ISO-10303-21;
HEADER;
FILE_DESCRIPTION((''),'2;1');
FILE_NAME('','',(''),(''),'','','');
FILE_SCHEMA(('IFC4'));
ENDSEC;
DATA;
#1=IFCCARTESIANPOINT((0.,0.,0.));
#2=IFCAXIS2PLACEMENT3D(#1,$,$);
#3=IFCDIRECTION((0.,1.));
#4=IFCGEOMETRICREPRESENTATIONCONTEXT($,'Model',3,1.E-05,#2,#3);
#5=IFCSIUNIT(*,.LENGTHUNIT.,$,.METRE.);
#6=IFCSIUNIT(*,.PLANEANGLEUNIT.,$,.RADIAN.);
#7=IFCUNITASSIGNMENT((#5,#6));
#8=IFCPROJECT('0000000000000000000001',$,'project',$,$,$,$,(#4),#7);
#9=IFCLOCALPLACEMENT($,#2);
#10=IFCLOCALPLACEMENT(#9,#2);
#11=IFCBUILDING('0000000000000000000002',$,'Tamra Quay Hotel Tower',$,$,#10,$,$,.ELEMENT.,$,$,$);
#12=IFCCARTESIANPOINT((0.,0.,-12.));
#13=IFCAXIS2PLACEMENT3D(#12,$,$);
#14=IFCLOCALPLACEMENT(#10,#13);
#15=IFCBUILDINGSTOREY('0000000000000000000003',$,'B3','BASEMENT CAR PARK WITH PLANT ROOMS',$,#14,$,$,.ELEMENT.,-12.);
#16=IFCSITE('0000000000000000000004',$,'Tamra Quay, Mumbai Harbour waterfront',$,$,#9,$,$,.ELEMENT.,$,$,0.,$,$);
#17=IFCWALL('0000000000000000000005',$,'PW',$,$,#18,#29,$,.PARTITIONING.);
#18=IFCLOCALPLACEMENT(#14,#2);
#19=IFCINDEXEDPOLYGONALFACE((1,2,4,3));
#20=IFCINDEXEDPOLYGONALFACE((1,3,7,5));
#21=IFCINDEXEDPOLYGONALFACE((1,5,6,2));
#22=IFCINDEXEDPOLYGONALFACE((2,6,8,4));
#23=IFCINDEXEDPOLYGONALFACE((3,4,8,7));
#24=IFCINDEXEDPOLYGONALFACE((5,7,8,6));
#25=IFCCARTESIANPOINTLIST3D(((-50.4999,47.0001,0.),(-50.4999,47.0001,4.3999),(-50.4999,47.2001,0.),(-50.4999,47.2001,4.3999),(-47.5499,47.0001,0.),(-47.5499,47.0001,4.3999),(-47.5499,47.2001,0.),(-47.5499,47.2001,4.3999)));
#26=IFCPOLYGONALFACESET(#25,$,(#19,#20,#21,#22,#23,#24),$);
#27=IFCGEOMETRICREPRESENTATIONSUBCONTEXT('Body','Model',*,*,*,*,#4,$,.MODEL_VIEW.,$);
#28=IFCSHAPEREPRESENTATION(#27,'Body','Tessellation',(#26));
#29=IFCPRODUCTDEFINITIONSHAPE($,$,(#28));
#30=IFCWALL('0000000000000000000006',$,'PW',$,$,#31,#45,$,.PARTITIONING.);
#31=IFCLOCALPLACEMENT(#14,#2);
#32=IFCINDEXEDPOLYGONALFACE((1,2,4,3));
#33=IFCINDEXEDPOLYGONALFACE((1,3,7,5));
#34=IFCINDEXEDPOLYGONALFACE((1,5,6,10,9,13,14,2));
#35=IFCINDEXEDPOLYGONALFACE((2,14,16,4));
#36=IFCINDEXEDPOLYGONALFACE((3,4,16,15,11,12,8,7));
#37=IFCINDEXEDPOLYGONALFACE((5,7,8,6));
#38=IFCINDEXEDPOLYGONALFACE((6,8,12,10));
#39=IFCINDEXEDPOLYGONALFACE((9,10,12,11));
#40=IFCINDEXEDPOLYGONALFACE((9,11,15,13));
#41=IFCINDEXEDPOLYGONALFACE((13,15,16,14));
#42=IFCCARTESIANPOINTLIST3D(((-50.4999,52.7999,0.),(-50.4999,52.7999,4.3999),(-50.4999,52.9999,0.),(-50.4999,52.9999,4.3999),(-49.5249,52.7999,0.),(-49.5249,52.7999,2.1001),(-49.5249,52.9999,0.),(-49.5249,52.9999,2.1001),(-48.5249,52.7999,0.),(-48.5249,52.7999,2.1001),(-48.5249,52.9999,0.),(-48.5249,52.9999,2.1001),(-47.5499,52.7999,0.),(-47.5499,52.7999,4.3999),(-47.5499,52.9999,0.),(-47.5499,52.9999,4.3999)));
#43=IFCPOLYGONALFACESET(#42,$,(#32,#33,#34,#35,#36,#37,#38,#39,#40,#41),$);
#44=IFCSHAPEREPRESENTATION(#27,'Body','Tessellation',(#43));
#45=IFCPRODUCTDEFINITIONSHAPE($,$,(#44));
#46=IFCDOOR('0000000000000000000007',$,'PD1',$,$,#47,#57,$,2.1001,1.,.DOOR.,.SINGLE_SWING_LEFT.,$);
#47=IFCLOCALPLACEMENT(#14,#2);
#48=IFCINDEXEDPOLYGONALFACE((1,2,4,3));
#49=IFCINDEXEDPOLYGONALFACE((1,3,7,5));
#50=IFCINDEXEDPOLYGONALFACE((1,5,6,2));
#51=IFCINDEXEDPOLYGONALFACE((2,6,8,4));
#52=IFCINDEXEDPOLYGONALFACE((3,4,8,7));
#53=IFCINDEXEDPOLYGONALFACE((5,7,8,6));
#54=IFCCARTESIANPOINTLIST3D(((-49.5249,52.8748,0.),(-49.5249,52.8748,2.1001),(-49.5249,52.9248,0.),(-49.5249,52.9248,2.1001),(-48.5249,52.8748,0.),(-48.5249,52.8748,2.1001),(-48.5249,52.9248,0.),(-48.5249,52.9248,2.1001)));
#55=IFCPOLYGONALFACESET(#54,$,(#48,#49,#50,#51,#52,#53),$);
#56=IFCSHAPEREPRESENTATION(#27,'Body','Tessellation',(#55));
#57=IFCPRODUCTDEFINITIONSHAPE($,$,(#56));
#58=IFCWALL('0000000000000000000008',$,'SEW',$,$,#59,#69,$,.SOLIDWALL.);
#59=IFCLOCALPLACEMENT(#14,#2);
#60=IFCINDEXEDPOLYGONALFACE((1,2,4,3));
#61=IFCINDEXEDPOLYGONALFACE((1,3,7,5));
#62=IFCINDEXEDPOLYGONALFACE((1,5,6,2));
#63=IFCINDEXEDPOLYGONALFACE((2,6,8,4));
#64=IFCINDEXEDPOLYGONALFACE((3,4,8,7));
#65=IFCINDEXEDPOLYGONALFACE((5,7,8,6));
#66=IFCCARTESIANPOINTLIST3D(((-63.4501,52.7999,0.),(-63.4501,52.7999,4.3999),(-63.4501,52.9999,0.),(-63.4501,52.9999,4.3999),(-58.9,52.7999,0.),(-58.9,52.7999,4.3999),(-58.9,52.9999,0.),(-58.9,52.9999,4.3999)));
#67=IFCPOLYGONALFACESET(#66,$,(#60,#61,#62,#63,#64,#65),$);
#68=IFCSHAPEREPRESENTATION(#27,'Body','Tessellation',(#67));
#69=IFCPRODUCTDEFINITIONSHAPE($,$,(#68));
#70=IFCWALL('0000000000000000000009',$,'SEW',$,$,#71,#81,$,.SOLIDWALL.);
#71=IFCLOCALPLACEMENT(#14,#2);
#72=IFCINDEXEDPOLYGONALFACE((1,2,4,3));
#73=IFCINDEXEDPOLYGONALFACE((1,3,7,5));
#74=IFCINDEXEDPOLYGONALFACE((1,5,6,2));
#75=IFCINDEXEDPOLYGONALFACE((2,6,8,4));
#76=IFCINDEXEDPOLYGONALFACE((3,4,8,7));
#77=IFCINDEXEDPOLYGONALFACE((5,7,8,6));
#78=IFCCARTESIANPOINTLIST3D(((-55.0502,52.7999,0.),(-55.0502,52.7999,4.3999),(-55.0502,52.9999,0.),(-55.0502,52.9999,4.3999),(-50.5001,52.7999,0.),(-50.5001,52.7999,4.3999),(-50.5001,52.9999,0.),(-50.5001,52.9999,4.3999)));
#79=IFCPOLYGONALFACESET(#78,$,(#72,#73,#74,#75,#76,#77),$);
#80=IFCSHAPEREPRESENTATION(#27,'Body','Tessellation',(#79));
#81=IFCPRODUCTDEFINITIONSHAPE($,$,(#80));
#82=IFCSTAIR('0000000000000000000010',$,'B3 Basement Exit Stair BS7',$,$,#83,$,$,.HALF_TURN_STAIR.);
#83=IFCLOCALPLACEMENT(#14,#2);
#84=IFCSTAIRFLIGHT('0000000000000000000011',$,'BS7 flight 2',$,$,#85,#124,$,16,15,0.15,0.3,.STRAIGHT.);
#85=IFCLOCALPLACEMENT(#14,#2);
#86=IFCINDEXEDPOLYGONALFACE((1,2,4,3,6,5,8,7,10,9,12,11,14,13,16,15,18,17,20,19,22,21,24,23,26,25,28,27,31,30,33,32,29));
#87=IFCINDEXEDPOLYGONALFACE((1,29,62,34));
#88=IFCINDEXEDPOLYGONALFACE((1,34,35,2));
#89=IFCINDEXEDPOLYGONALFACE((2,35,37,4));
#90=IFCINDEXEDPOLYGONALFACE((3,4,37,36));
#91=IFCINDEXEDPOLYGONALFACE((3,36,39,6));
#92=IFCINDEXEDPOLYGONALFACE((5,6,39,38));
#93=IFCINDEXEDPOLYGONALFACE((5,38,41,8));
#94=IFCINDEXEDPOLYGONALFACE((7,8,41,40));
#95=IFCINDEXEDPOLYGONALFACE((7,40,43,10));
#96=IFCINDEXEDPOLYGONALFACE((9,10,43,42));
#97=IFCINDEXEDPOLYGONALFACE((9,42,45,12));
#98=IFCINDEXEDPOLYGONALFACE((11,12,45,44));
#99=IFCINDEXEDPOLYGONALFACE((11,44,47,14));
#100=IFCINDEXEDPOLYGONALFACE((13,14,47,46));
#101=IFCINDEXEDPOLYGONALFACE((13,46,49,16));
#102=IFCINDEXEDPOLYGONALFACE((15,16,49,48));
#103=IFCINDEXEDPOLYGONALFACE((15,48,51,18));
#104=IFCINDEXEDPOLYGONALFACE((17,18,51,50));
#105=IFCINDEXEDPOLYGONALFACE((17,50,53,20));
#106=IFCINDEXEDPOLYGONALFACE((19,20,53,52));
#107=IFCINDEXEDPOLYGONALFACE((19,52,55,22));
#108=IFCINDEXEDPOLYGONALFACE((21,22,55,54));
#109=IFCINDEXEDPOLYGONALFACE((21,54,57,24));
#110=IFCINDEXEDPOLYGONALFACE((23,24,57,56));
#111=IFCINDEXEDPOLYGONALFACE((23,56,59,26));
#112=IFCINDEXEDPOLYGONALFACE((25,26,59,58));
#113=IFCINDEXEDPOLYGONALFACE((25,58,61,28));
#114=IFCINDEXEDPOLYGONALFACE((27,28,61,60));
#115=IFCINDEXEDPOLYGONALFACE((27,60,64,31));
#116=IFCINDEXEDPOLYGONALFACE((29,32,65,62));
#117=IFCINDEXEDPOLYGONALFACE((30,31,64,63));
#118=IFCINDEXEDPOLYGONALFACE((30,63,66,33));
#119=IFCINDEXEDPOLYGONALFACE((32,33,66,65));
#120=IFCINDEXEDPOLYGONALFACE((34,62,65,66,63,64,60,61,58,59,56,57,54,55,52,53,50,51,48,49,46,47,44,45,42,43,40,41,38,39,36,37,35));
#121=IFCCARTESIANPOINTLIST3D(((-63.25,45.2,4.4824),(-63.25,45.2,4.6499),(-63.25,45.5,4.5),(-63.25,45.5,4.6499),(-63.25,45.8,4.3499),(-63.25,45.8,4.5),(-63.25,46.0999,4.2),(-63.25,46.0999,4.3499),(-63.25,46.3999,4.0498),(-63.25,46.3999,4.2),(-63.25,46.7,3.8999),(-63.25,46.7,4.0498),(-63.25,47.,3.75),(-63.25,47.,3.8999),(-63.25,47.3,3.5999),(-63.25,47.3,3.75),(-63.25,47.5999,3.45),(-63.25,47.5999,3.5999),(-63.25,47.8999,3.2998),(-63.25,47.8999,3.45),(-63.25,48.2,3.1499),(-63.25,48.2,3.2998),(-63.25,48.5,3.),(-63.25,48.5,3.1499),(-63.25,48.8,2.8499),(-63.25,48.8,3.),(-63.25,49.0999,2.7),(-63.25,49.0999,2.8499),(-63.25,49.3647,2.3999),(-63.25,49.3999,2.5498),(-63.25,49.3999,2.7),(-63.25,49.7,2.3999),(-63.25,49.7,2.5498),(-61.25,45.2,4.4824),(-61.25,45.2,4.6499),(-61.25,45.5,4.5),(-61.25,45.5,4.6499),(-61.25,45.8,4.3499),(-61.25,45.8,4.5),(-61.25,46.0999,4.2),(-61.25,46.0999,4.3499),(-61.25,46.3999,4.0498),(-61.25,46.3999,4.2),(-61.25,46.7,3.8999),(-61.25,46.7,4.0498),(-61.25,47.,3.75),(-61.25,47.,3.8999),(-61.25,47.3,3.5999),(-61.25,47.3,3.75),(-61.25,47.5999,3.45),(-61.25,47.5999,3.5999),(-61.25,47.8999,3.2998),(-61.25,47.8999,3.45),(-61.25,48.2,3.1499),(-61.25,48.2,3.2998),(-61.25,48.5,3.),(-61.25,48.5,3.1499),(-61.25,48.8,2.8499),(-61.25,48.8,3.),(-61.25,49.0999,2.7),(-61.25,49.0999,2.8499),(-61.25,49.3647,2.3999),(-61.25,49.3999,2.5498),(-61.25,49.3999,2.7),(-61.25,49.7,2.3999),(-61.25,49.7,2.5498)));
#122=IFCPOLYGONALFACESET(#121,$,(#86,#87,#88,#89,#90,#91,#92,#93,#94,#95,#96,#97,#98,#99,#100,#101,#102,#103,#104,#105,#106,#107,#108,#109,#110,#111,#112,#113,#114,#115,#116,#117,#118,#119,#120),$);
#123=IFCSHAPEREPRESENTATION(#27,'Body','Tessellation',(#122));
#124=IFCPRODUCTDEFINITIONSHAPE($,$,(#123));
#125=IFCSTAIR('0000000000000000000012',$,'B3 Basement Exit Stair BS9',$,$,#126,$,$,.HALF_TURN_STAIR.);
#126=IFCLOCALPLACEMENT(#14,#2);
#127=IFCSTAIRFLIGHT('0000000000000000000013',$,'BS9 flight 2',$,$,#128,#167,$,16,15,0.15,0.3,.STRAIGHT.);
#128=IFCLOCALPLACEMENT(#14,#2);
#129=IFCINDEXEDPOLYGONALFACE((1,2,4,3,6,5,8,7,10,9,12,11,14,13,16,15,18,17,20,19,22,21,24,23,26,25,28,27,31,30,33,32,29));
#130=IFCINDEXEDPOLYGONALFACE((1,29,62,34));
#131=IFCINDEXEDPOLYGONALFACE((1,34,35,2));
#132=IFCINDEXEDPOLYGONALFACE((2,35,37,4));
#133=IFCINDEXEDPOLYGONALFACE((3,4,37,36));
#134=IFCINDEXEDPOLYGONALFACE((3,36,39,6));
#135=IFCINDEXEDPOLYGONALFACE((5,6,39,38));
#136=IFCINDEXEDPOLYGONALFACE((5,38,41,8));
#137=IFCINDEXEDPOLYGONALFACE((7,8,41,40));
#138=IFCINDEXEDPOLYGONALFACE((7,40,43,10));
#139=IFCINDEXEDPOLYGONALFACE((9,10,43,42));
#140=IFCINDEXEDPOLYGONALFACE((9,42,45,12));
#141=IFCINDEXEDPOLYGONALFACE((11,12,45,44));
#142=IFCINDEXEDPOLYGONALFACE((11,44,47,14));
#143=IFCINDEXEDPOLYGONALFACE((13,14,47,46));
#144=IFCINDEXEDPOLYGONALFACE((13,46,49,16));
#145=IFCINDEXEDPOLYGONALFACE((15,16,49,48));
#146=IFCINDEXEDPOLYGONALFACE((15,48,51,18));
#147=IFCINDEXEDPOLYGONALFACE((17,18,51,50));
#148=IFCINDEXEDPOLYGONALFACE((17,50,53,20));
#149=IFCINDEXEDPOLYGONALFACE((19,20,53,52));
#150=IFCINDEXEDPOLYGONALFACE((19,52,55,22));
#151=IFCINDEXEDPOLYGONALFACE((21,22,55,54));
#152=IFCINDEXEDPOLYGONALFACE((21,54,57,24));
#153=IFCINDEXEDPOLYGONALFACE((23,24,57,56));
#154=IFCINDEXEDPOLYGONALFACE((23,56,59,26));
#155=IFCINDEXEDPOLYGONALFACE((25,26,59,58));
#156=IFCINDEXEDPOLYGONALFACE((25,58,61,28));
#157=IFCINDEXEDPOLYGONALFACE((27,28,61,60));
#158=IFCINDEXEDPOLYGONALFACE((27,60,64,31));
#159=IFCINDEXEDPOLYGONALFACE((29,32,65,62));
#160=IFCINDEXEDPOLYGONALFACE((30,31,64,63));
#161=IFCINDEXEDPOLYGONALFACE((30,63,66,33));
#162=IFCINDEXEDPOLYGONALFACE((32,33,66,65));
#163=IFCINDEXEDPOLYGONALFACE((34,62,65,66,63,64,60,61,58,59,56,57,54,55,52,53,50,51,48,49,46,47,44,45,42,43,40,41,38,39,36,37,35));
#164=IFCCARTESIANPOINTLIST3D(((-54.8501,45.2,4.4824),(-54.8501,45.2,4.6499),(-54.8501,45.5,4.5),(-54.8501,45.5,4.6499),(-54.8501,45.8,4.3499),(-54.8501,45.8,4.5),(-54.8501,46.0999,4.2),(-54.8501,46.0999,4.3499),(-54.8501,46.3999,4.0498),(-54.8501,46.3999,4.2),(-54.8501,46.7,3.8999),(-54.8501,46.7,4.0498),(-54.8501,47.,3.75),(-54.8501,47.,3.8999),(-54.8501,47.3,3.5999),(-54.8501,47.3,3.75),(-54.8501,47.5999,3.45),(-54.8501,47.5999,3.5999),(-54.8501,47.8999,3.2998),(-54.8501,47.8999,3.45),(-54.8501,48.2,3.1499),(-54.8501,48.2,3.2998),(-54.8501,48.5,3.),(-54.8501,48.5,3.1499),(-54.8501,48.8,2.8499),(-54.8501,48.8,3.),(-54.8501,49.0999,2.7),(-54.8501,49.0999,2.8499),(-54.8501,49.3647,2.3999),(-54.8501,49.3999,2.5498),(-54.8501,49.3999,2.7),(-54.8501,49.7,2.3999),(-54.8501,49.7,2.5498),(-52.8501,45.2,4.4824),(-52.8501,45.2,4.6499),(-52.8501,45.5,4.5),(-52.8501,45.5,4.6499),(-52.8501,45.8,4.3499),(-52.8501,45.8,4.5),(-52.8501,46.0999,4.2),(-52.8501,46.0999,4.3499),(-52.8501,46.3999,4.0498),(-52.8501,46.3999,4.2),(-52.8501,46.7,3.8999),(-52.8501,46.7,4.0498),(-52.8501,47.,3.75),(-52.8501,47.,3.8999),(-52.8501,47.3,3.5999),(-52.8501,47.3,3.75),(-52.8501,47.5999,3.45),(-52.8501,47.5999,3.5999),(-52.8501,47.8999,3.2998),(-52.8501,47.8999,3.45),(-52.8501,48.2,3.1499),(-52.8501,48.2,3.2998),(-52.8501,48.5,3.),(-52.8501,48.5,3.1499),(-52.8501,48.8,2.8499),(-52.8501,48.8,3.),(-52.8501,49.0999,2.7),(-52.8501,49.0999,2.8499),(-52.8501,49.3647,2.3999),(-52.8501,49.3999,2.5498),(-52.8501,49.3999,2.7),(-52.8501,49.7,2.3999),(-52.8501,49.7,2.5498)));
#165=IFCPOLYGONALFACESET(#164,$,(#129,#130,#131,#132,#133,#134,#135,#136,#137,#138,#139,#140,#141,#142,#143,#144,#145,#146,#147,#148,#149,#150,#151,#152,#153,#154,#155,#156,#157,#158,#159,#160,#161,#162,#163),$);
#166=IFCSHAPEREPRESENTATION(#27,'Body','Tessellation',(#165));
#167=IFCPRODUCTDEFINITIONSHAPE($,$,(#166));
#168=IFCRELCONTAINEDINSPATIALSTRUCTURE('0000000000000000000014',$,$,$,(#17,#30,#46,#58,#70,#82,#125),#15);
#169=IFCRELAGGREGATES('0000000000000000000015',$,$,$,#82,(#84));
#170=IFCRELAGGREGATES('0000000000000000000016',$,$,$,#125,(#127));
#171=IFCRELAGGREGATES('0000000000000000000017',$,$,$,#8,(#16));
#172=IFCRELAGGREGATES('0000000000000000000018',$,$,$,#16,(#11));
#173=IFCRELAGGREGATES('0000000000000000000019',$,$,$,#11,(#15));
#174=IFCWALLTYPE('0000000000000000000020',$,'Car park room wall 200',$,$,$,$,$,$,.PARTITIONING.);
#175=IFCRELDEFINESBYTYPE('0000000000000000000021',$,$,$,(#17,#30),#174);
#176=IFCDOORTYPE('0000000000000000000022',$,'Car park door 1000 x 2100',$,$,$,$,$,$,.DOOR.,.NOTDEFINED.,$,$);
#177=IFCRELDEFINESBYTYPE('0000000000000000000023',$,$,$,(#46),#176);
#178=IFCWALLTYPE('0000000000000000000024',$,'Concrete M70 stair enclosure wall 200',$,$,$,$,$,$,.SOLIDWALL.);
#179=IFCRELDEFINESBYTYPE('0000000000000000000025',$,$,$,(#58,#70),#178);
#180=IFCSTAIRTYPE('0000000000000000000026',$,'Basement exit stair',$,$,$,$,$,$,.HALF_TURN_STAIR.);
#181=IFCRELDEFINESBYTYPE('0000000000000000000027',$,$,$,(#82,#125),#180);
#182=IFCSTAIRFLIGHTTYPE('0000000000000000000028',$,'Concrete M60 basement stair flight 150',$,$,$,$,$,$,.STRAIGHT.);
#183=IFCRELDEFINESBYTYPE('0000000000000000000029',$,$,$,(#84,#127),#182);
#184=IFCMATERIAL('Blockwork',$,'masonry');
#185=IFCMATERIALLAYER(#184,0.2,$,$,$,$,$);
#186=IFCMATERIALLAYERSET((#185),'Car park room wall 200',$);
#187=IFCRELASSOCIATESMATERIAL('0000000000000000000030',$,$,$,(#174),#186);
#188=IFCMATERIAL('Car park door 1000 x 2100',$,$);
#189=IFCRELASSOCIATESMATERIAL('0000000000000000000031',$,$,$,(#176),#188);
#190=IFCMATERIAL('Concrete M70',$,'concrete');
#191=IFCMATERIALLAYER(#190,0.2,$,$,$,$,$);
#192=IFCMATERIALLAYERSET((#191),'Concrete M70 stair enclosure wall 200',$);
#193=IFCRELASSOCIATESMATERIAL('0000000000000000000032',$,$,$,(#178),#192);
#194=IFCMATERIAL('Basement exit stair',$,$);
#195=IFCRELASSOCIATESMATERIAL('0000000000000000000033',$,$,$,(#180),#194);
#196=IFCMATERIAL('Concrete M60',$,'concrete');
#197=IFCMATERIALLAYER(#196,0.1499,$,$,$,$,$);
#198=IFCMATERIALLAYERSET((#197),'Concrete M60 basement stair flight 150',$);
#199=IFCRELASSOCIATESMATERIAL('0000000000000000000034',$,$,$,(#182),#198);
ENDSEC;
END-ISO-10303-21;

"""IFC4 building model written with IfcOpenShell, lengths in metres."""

from ifc_helpers import new_model, si_unit, direction, frame, frame_2d, origin, place, context, subcontext, project, spatial, polyline, rectangle, outline, extrude, material, layer, layer_set, type_object, element, fill, aggregate, save


model = new_model("IFC4")

# Units and contexts
model_context = context("Model", 3, precision=1e-05, world=origin(), true_north=direction((0.0, 1.0)))
body_context = subcontext(model_context, "Body", "Model", "MODEL_VIEW")
ifc_project = project(units=[si_unit("LENGTHUNIT", "METRE"), si_unit("PLANEANGLEUNIT", "RADIAN")], contexts=[model_context])

# Site, building, storey
site_placement = place(None, origin())
site = spatial("IfcSite", under=ifc_project, at=site_placement, Name="Tamra Quay, Mumbai Harbour waterfront", CompositionType="ELEMENT", RefElevation=0.0)
building_placement = place(site_placement, origin())
building = spatial("IfcBuilding", under=site, at=building_placement, Name="Tamra Quay Hotel Tower", CompositionType="ELEMENT")
storey_placement = place(building_placement, frame((0.0, 0.0, -12.0)))
storey = spatial("IfcBuildingStorey", under=building, at=storey_placement, Name="B3", Description="BASEMENT CAR PARK WITH PLANT ROOMS", CompositionType="ELEMENT", Elevation=-12.0)

# Shared definitions
ifc_material_1 = material(Name="Concrete M70", Category="concrete")

# Shared definitions
ifc_material_2 = material(Name="Blockwork", Category="masonry")
ifc_layer_1 = layer(ifc_material_2, 0.2)
ifc_layer_set_1 = layer_set([ifc_layer_1], Name="Car park room wall 200")
wall_type_1 = type_object("IfcWallType", Name="Car park room wall 200", PredefinedType="PARTITIONING", material=ifc_layer_set_1)

# Shared definitions
ifc_material_3 = material(Name="Car park door 1000 x 2100")
door_type = type_object("IfcDoorType", Name="Car park door 1000 x 2100", OperationType="NOTDEFINED", PredefinedType="DOOR", material=ifc_material_3)

# Wall
for number, where, z_axis, x_axis, name in (
    (1, (-50.5, 47.1001, 0.0), (0.0, 0.0, 1.0), (1.0, 0.0, 0.0), "PW"),
):
    element("IfcWall", number, at=place(storey_placement, frame(where, z_axis=z_axis, x_axis=x_axis)), inside=storey, type_object=wall_type_1, Name=name, PredefinedType="PARTITIONING", context=body_context, shape_type="SweptSolid", body=[
        extrude(rectangle(XDim=2.95, YDim=0.2, at=frame_2d((1.4751, 0.0))), origin(), (0.0, 0.0, 1.0), 4.3999),
    ])

# Wall, opening, door
wall_1_placement = place(storey_placement, frame((-50.5, 52.8999, 0.0), z_axis=(0.0, 0.0, 1.0), x_axis=(1.0, 0.0, 0.0)))
wall_1 = element("IfcWall", 2, at=wall_1_placement, inside=storey, type_object=wall_type_1, Name="PW", PredefinedType="PARTITIONING", context=body_context, shape_type="SweptSolid", body=[
    extrude(rectangle(XDim=2.95, YDim=0.2, at=frame_2d((1.4751, 0.0))), origin(), (0.0, 0.0, 1.0), 4.3999),
])
opening_1_placement = place(wall_1_placement, frame((0.9751, 0.0, 0.0)))
opening_1 = element("IfcOpeningElement", 3, at=opening_1_placement, cuts=wall_1, PredefinedType="OPENING", context=body_context, shape_type="SweptSolid", body=[
    extrude(rectangle(XDim=1.0, YDim=2.1001, at=frame_2d((0.5, 1.05))), frame((0.0, 0.1099, 0.0), z_axis=(0.0, -1.0, 0.0), x_axis=(1.0, 0.0, 0.0)), (0.0, 0.0, 1.0), 0.22),
])
door_1_placement = place(opening_1_placement, origin())
door_1 = element("IfcDoor", 4, at=door_1_placement, inside=storey, type_object=door_type, Name="PD1", OperationType="SINGLE_SWING_LEFT", OverallHeight=2.1001, OverallWidth=1.0, PredefinedType="DOOR", context=body_context, shape_type="SweptSolid", body=[
    extrude(rectangle(XDim=1.0, YDim=2.1001, at=frame_2d((0.5, 1.05))), frame((0.0, 0.0249, 0.0), z_axis=(0.0, -1.0, 0.0), x_axis=(1.0, 0.0, 0.0)), (0.0, 0.0, 1.0), 0.05),
])
fill(opening_1, door_1)

# Walls
ifc_layer_2 = layer(ifc_material_1, 0.2)
ifc_layer_set_2 = layer_set([ifc_layer_2], Name="Concrete M70 stair enclosure wall 200")
wall_type_2 = type_object("IfcWallType", Name="Concrete M70 stair enclosure wall 200", PredefinedType="SOLIDWALL", material=ifc_layer_set_2)
for number, where, z_axis, x_axis, name in (
    (5, (-63.45, 52.8999, 0.0), (0.0, 0.0, 1.0), (1.0, 0.0, 0.0), "SEW"),
    (6, (-55.05, 52.8999, 0.0), (0.0, 0.0, 1.0), (1.0, 0.0, 0.0), "SEW"),
):
    element("IfcWall", number, at=place(storey_placement, frame(where, z_axis=z_axis, x_axis=x_axis)), inside=storey, type_object=wall_type_2, Name=name, PredefinedType="SOLIDWALL", context=body_context, shape_type="SweptSolid", body=[
        extrude(rectangle(XDim=4.55, YDim=0.2, at=frame_2d((2.2749, 0.0))), origin(), (0.0, 0.0, 1.0), 4.3999),
    ])

# Stairs, stair flights
ifc_material_4 = material(Name="Basement exit stair")
stair_type = type_object("IfcStairType", Name="Basement exit stair", PredefinedType="HALF_TURN_STAIR", material=ifc_material_4)
stair_1_placement = place(storey_placement, origin())
stair_1 = element("IfcStair", 7, at=stair_1_placement, inside=storey, type_object=stair_type, Name="B3 Basement Exit Stair BS7", PredefinedType="HALF_TURN_STAIR")
ifc_material_5 = material(Name="Concrete M60", Category="concrete")
ifc_layer_3 = layer(ifc_material_5, 0.1499)
ifc_layer_set_3 = layer_set([ifc_layer_3], Name="Concrete M60 basement stair flight 150")
stair_flight_type = type_object("IfcStairFlightType", Name="Concrete M60 basement stair flight 150", PredefinedType="STRAIGHT", material=ifc_layer_set_3)
stair_flight_1_placement = place(storey_placement, frame((-62.25, 49.7, 2.3999), z_axis=(0.0, 0.0, 1.0), x_axis=(0.0, -1.0, 0.0)))
stair_flight_1 = element("IfcStairFlight", 8, at=stair_flight_1_placement, type_object=stair_flight_type, Name="BS7 flight 2", NumberOfRisers=16, NumberOfTreads=15, PredefinedType="STRAIGHT", RiserHeight=0.15, TreadLength=0.3, context=body_context, shape_type="SweptSolid", body=[
    extrude(outline(polyline([(0.0, 0.0), (0.0, 0.1499), (0.3, 0.1499), (0.3, 0.3), (0.6001, 0.3), (0.6001, 0.45), (0.8999, 0.45), (0.8999, 0.6001), (1.2, 0.6001), (1.2, 0.75), (1.5, 0.75), (1.5, 0.8999), (1.8, 0.8999), (1.8, 1.05), (2.1001, 1.05), (2.1001, 1.2), (2.3999, 1.2), (2.3999, 1.3501), (2.7, 1.3501), (2.7, 1.5), (3.0, 1.5), (3.0, 1.6499), (3.3, 1.6499), (3.3, 1.8), (3.6001, 1.8), (3.6001, 1.95), (3.8999, 1.95), (3.8999, 2.1001), (4.2, 2.1001), (4.2, 2.25), (4.5, 2.25), (4.5, 2.3999), (4.5, 2.0825), (0.3352, 0.0), (0.0, 0.0)])), frame((0.0, 1.0, 0.0), z_axis=(0.0, -1.0, 0.0), x_axis=(1.0, 0.0, 0.0)), (0.0, 0.0, 1.0), 2.0),
])
aggregate(stair_1, [stair_flight_1])
stair_2_placement = place(storey_placement, origin())
stair_2 = element("IfcStair", 9, at=stair_2_placement, inside=storey, type_object=stair_type, Name="B3 Basement Exit Stair BS9", PredefinedType="HALF_TURN_STAIR")
stair_flight_2_placement = place(storey_placement, frame((-53.8501, 49.7, 2.3999), z_axis=(0.0, 0.0, 1.0), x_axis=(0.0, -1.0, 0.0)))
stair_flight_2 = element("IfcStairFlight", 10, at=stair_flight_2_placement, type_object=stair_flight_type, Name="BS9 flight 2", NumberOfRisers=16, NumberOfTreads=15, PredefinedType="STRAIGHT", RiserHeight=0.15, TreadLength=0.3, context=body_context, shape_type="SweptSolid", body=[
    extrude(outline(polyline([(0.0, 0.0), (0.0, 0.1499), (0.3, 0.1499), (0.3, 0.3), (0.6001, 0.3), (0.6001, 0.45), (0.8999, 0.45), (0.8999, 0.6001), (1.2, 0.6001), (1.2, 0.75), (1.5, 0.75), (1.5, 0.8999), (1.8, 0.8999), (1.8, 1.05), (2.1001, 1.05), (2.1001, 1.2), (2.3999, 1.2), (2.3999, 1.3501), (2.7, 1.3501), (2.7, 1.5), (3.0, 1.5), (3.0, 1.6499), (3.3, 1.6499), (3.3, 1.8), (3.6001, 1.8), (3.6001, 1.95), (3.8999, 1.95), (3.8999, 2.1001), (4.2, 2.1001), (4.2, 2.25), (4.5, 2.25), (4.5, 2.3999), (4.5, 2.0825), (0.3352, 0.0), (0.0, 0.0)])), frame((0.0, 1.0, 0.0), z_axis=(0.0, -1.0, 0.0), x_axis=(1.0, 0.0, 0.0)), (0.0, 0.0, 1.0), 2.0),
])
aggregate(stair_2, [stair_flight_2])

save(model, "model.ifc")
